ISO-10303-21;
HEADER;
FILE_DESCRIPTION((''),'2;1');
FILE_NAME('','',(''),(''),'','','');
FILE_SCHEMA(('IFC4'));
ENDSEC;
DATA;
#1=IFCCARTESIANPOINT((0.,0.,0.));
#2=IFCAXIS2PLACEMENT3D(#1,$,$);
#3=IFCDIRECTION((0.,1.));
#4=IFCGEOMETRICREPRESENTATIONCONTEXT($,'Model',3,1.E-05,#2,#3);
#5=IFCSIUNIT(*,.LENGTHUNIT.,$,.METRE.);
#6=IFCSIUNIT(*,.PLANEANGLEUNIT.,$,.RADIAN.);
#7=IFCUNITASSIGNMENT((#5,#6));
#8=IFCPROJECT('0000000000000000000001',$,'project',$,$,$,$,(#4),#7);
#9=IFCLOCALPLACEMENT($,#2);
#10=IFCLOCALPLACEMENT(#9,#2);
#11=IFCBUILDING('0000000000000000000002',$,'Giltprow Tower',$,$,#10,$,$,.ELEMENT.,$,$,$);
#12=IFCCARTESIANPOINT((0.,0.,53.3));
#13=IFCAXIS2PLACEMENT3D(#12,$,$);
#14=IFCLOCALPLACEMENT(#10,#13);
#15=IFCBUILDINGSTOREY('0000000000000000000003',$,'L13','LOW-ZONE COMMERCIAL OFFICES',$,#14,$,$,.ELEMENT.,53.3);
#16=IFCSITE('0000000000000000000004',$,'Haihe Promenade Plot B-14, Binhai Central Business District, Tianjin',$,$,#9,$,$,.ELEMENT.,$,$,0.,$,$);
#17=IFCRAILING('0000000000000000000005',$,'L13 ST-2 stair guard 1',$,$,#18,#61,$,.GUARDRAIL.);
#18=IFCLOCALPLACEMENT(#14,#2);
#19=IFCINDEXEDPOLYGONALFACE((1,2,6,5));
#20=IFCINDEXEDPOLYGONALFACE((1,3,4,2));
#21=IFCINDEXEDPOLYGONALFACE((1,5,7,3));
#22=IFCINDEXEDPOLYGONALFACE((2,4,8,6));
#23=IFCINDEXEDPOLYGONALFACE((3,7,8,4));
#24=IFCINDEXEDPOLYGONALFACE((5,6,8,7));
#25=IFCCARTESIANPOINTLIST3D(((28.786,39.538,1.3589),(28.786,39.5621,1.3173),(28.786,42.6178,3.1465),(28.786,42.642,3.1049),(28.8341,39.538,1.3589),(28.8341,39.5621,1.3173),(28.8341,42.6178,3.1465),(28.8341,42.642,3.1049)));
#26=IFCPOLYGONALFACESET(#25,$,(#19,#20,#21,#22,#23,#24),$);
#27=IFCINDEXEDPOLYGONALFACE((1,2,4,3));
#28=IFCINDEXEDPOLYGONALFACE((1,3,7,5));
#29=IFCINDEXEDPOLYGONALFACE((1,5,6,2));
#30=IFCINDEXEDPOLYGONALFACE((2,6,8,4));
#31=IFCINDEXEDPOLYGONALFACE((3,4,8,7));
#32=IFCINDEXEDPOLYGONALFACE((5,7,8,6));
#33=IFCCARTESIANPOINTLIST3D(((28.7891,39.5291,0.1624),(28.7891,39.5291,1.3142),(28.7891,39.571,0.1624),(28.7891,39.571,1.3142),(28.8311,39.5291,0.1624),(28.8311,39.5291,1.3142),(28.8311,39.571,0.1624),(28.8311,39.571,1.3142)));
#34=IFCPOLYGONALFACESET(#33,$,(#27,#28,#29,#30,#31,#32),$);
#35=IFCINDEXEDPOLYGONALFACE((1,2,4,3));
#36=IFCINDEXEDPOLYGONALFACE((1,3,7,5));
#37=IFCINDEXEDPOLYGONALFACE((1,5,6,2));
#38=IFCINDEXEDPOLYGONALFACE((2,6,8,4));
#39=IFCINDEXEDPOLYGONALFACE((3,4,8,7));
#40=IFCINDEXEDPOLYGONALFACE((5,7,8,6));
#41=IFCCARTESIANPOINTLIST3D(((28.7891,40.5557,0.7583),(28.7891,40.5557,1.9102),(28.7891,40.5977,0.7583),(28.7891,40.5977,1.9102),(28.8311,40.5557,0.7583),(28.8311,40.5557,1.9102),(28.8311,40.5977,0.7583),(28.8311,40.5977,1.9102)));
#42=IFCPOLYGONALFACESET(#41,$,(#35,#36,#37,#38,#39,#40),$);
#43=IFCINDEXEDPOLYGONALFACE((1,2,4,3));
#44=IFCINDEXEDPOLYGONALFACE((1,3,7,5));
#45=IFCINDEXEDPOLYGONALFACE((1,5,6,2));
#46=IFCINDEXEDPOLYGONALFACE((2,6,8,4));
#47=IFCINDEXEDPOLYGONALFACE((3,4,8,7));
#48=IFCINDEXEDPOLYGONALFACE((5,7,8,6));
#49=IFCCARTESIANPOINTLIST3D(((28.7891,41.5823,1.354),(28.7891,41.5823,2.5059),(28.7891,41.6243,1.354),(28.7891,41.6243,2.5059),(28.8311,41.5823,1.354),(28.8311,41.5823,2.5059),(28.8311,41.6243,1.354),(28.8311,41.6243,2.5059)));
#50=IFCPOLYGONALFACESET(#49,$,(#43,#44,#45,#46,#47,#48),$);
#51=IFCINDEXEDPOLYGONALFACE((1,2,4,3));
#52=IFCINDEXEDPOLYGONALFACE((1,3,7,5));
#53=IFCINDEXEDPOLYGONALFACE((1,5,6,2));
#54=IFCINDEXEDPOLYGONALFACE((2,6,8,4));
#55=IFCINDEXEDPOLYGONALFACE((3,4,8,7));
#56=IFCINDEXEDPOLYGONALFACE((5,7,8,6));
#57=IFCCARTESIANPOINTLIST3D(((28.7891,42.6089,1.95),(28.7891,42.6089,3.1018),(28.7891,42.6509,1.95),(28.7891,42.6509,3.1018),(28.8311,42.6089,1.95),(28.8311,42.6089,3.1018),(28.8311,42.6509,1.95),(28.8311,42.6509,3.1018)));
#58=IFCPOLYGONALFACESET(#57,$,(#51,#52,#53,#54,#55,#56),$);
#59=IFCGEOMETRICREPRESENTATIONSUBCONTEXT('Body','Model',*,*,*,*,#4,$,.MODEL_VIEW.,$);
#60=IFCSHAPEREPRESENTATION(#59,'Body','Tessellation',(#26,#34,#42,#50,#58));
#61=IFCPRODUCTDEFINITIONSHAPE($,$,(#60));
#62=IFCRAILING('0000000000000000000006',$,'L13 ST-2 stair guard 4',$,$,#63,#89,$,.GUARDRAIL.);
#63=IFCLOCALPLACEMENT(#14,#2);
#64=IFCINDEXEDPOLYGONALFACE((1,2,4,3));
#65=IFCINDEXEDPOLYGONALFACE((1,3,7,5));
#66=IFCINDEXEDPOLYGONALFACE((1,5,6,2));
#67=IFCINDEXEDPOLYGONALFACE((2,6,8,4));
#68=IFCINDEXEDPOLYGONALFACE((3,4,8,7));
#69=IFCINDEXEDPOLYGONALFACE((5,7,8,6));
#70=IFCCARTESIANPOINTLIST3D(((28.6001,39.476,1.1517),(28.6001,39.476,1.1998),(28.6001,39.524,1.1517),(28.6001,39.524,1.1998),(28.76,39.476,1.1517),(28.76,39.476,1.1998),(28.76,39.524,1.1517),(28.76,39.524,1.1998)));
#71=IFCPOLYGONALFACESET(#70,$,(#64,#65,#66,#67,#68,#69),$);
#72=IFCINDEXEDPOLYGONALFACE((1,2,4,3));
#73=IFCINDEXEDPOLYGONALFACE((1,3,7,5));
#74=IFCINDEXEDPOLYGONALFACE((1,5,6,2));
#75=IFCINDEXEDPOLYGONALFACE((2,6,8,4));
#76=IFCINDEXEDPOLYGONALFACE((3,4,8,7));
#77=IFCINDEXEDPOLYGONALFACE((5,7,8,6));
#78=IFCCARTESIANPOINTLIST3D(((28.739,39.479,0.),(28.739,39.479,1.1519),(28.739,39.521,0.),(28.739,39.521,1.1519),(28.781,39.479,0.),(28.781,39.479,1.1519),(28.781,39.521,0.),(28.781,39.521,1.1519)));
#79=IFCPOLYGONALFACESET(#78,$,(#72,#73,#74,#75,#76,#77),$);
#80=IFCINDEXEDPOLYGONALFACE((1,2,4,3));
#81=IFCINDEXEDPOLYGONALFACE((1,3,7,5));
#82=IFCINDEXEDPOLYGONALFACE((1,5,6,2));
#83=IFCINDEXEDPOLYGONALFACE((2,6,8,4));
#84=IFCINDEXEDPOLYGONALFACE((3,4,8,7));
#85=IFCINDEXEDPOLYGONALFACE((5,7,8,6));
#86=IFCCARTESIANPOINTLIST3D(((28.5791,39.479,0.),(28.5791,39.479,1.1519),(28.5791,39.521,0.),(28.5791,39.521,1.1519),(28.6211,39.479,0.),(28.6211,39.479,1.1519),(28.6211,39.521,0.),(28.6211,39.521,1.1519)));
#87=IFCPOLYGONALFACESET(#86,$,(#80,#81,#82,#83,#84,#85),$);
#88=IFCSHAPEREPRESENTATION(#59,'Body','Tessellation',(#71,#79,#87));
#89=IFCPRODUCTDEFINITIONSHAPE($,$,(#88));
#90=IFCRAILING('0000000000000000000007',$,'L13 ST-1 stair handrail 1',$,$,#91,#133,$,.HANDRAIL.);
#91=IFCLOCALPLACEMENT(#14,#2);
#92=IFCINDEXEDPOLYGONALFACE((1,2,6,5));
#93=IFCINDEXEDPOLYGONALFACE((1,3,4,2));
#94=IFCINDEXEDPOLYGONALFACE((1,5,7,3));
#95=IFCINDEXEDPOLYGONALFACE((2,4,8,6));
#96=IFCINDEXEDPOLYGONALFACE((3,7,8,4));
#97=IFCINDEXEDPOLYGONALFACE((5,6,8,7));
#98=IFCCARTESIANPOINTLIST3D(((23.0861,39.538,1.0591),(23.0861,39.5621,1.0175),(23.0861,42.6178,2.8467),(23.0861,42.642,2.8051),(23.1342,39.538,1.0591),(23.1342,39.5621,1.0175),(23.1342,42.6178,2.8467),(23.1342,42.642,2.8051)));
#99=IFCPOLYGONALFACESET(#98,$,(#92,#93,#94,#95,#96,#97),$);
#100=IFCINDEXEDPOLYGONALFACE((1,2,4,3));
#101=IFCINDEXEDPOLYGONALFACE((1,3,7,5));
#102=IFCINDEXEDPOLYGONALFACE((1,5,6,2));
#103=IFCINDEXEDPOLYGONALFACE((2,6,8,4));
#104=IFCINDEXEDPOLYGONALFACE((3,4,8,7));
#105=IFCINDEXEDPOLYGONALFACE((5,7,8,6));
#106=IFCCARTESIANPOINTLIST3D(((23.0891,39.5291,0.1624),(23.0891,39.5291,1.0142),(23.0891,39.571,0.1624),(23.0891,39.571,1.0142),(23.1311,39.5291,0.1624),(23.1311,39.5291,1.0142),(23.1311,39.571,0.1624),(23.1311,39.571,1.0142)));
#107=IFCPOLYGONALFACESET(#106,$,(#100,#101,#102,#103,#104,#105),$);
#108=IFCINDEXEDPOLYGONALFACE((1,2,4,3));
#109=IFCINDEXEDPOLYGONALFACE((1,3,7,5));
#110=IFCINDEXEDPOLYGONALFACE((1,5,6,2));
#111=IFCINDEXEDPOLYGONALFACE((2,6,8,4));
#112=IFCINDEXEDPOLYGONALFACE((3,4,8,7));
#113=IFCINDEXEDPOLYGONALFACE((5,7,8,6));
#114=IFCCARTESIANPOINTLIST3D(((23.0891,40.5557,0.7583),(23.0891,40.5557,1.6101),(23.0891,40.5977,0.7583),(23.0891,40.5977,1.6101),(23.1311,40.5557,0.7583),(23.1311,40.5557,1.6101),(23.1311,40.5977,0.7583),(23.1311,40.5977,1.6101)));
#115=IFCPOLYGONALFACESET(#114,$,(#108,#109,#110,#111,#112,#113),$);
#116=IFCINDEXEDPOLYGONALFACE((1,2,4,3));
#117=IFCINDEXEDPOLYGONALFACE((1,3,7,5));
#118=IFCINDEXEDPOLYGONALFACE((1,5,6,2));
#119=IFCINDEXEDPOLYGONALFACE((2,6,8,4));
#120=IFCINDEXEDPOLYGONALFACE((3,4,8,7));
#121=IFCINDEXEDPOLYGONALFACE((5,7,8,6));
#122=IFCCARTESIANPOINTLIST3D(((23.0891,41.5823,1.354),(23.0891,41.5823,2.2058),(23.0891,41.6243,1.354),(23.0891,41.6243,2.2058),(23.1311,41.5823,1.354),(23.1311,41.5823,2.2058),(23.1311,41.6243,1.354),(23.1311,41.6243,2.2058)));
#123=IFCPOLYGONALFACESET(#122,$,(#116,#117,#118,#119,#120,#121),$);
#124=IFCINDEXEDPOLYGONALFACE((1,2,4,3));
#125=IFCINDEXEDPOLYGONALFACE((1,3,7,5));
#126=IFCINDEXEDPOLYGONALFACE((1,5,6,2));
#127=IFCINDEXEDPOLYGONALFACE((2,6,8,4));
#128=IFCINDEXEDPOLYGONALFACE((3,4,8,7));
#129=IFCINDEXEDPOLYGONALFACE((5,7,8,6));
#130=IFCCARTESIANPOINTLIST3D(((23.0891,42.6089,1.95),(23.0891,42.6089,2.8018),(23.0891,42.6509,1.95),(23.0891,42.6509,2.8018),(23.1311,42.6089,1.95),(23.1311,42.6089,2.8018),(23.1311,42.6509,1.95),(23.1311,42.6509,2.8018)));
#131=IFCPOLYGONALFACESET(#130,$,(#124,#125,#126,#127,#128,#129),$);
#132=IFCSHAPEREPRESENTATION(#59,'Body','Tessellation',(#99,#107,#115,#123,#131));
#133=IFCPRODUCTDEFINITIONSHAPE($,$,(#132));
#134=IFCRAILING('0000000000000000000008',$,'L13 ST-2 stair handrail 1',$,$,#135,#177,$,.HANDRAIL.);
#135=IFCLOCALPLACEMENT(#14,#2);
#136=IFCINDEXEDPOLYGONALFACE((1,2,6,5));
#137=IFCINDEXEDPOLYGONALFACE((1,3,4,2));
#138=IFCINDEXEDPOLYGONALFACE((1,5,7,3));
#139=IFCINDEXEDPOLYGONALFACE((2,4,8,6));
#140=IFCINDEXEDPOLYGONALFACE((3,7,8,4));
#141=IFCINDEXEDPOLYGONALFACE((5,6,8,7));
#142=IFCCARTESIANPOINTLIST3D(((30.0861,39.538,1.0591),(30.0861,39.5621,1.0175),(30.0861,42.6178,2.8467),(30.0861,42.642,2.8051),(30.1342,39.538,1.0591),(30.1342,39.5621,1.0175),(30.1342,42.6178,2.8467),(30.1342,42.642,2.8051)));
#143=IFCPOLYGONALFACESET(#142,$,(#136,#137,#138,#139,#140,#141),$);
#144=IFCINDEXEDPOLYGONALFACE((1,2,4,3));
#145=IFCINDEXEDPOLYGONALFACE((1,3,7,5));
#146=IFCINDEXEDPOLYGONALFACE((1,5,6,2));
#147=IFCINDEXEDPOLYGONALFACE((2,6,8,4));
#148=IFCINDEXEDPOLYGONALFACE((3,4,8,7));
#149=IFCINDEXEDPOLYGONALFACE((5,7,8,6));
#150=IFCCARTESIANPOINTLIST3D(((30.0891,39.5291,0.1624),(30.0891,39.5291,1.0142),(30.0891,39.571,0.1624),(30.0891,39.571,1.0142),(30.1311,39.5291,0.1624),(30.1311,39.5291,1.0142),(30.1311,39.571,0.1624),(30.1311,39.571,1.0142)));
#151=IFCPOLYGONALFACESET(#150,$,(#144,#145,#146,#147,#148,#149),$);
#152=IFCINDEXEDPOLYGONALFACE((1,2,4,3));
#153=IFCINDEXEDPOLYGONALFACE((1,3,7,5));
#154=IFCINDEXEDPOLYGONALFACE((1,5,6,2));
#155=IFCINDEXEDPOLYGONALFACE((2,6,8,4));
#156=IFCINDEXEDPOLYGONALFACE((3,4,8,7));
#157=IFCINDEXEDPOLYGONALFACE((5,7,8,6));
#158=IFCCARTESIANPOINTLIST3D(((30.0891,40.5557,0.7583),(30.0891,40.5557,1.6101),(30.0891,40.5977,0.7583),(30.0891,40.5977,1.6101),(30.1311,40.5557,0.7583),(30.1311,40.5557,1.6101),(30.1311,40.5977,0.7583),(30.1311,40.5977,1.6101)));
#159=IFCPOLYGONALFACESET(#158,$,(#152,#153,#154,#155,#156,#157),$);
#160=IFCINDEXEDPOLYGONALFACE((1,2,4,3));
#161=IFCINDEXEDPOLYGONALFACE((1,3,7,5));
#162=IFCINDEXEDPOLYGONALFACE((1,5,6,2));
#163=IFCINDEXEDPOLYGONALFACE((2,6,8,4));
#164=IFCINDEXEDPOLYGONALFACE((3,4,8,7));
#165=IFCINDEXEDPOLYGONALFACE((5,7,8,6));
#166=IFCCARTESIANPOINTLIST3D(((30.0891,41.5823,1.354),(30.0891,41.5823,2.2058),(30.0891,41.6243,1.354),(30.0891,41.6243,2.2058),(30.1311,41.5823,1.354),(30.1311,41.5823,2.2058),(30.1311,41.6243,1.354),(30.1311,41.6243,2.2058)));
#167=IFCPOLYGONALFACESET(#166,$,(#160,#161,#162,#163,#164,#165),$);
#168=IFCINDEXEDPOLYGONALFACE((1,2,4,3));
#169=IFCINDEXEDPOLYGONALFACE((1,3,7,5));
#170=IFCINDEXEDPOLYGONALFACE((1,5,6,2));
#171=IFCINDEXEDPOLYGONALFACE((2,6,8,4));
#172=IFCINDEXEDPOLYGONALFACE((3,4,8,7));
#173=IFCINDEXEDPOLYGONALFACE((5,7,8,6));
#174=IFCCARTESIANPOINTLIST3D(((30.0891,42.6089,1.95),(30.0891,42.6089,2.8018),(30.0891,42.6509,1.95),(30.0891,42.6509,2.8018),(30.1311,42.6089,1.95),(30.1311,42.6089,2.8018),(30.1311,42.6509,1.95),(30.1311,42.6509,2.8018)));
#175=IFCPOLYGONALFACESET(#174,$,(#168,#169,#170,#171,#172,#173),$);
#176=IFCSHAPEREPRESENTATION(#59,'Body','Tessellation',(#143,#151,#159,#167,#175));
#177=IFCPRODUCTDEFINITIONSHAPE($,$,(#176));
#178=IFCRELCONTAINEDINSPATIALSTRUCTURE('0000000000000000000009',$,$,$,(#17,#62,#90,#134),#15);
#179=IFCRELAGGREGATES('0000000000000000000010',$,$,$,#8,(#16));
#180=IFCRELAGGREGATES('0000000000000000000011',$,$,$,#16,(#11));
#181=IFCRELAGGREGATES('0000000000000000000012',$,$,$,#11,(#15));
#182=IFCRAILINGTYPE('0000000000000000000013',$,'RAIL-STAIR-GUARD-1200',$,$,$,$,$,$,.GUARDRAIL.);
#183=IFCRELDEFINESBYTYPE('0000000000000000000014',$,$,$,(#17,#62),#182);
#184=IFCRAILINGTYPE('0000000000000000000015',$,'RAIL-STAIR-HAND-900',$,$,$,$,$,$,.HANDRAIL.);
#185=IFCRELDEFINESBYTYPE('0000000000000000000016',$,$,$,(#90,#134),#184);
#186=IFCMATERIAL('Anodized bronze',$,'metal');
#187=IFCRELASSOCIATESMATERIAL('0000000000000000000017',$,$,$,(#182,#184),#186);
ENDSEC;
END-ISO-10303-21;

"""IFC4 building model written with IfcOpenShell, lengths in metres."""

from ifc_helpers import new_model, si_unit, direction, frame, origin, origin_2d, place, context, subcontext, project, spatial, rectangle, extrude, material, type_object, element, save


model = new_model("IFC4")

# Units and contexts
model_context = context("Model", 3, precision=1e-05, world=origin(), true_north=direction((0.0, 1.0)))
body_context = subcontext(model_context, "Body", "Model", "MODEL_VIEW")
ifc_project = project(units=[si_unit("LENGTHUNIT", "METRE"), si_unit("PLANEANGLEUNIT", "RADIAN")], contexts=[model_context])

# Site, building, storey
site_placement = place(None, origin())
site = spatial("IfcSite", under=ifc_project, at=site_placement, Name="Haihe Promenade Plot B-14, Binhai Central Business District, Tianjin", CompositionType="ELEMENT", RefElevation=0.0)
building_placement = place(site_placement, origin())
building = spatial("IfcBuilding", under=site, at=building_placement, Name="Giltprow Tower", CompositionType="ELEMENT")
storey_placement = place(building_placement, frame((0.0, 0.0, 53.3)))
storey = spatial("IfcBuildingStorey", under=building, at=storey_placement, Name="L13", Description="LOW-ZONE COMMERCIAL OFFICES", CompositionType="ELEMENT", Elevation=53.3)

# Railings
ifc_material_1 = material(Name="Anodized bronze", Category="metal")
railing_type_1 = type_object("IfcRailingType", Name="RAIL-STAIR-GUARD-1200", PredefinedType="GUARDRAIL", material=ifc_material_1)
railing_1_placement = place(storey_placement, frame((28.8101, 39.55, 0.1624)))
element("IfcRailing", 1, at=railing_1_placement, inside=storey, type_object=railing_type_1, Name="L13 ST-2 stair guard 1", PredefinedType="GUARDRAIL", context=body_context, shape_type="SweptSolid", body=[
    extrude(rectangle(XDim=0.0481, YDim=0.0481, at=origin_2d()), frame((0.0, 0.0, 1.1758), z_axis=(0.0, 0.864873, 0.50199), x_axis=(-1.0, 0.0, 0.0)), (0.0, 0.0, 1.0), 3.561),
    extrude(rectangle(XDim=0.042, YDim=0.042, at=origin_2d()), origin(), (0.0, 0.0, 1.0), 1.1519),
    extrude(rectangle(XDim=0.042, YDim=0.042, at=origin_2d()), frame((0.0, 1.0266, 0.5959)), (0.0, 0.0, 1.0), 1.1519),
    extrude(rectangle(XDim=0.042, YDim=0.042, at=origin_2d()), frame((0.0, 2.0532, 1.1917)), (0.0, 0.0, 1.0), 1.1519),
    extrude(rectangle(XDim=0.042, YDim=0.042, at=origin_2d()), frame((0.0, 3.0798, 1.7876)), (0.0, 0.0, 1.0), 1.1519),
])
railing_2_placement = place(storey_placement, frame((28.76, 39.5, 0.0)))
element("IfcRailing", 2, at=railing_2_placement, inside=storey, type_object=railing_type_1, Name="L13 ST-2 stair guard 4", PredefinedType="GUARDRAIL", context=body_context, shape_type="SweptSolid", body=[
    extrude(rectangle(XDim=0.0481, YDim=0.0481, at=origin_2d()), frame((0.0, 0.0, 1.1758), z_axis=(-1.0, 0.0, 0.0), x_axis=(0.0, -1.0, 0.0)), (0.0, 0.0, 1.0), 0.1599),
    extrude(rectangle(XDim=0.042, YDim=0.042, at=origin_2d()), origin(), (0.0, 0.0, 1.0), 1.1519),
    extrude(rectangle(XDim=0.042, YDim=0.042, at=origin_2d()), frame((-0.1599, 0.0, 0.0)), (0.0, 0.0, 1.0), 1.1519),
])
railing_type_2 = type_object("IfcRailingType", Name="RAIL-STAIR-HAND-900", PredefinedType="HANDRAIL", material=ifc_material_1)
for number, where, name in (
    (3, (23.1101, 39.55, 0.1624), "L13 ST-1 stair handrail 1"),
    (4, (30.1101, 39.55, 0.1624), "L13 ST-2 stair handrail 1"),
):
    element("IfcRailing", number, at=place(storey_placement, frame(where)), inside=storey, type_object=railing_type_2, Name=name, PredefinedType="HANDRAIL", context=body_context, shape_type="SweptSolid", body=[
        extrude(rectangle(XDim=0.0481, YDim=0.0481, at=origin_2d()), frame((0.0, 0.0, 0.876), z_axis=(0.0, 0.864873, 0.50199), x_axis=(-1.0, 0.0, 0.0)), (0.0, 0.0, 1.0), 3.561),
        extrude(rectangle(XDim=0.042, YDim=0.042, at=origin_2d()), origin(), (0.0, 0.0, 1.0), 0.8518),
        extrude(rectangle(XDim=0.042, YDim=0.042, at=origin_2d()), frame((0.0, 1.0266, 0.5959)), (0.0, 0.0, 1.0), 0.8518),
        extrude(rectangle(XDim=0.042, YDim=0.042, at=origin_2d()), frame((0.0, 2.0532, 1.1917)), (0.0, 0.0, 1.0), 0.8518),
        extrude(rectangle(XDim=0.042, YDim=0.042, at=origin_2d()), frame((0.0, 3.0798, 1.7876)), (0.0, 0.0, 1.0), 0.8518),
    ])

save(model, "model.ifc")
